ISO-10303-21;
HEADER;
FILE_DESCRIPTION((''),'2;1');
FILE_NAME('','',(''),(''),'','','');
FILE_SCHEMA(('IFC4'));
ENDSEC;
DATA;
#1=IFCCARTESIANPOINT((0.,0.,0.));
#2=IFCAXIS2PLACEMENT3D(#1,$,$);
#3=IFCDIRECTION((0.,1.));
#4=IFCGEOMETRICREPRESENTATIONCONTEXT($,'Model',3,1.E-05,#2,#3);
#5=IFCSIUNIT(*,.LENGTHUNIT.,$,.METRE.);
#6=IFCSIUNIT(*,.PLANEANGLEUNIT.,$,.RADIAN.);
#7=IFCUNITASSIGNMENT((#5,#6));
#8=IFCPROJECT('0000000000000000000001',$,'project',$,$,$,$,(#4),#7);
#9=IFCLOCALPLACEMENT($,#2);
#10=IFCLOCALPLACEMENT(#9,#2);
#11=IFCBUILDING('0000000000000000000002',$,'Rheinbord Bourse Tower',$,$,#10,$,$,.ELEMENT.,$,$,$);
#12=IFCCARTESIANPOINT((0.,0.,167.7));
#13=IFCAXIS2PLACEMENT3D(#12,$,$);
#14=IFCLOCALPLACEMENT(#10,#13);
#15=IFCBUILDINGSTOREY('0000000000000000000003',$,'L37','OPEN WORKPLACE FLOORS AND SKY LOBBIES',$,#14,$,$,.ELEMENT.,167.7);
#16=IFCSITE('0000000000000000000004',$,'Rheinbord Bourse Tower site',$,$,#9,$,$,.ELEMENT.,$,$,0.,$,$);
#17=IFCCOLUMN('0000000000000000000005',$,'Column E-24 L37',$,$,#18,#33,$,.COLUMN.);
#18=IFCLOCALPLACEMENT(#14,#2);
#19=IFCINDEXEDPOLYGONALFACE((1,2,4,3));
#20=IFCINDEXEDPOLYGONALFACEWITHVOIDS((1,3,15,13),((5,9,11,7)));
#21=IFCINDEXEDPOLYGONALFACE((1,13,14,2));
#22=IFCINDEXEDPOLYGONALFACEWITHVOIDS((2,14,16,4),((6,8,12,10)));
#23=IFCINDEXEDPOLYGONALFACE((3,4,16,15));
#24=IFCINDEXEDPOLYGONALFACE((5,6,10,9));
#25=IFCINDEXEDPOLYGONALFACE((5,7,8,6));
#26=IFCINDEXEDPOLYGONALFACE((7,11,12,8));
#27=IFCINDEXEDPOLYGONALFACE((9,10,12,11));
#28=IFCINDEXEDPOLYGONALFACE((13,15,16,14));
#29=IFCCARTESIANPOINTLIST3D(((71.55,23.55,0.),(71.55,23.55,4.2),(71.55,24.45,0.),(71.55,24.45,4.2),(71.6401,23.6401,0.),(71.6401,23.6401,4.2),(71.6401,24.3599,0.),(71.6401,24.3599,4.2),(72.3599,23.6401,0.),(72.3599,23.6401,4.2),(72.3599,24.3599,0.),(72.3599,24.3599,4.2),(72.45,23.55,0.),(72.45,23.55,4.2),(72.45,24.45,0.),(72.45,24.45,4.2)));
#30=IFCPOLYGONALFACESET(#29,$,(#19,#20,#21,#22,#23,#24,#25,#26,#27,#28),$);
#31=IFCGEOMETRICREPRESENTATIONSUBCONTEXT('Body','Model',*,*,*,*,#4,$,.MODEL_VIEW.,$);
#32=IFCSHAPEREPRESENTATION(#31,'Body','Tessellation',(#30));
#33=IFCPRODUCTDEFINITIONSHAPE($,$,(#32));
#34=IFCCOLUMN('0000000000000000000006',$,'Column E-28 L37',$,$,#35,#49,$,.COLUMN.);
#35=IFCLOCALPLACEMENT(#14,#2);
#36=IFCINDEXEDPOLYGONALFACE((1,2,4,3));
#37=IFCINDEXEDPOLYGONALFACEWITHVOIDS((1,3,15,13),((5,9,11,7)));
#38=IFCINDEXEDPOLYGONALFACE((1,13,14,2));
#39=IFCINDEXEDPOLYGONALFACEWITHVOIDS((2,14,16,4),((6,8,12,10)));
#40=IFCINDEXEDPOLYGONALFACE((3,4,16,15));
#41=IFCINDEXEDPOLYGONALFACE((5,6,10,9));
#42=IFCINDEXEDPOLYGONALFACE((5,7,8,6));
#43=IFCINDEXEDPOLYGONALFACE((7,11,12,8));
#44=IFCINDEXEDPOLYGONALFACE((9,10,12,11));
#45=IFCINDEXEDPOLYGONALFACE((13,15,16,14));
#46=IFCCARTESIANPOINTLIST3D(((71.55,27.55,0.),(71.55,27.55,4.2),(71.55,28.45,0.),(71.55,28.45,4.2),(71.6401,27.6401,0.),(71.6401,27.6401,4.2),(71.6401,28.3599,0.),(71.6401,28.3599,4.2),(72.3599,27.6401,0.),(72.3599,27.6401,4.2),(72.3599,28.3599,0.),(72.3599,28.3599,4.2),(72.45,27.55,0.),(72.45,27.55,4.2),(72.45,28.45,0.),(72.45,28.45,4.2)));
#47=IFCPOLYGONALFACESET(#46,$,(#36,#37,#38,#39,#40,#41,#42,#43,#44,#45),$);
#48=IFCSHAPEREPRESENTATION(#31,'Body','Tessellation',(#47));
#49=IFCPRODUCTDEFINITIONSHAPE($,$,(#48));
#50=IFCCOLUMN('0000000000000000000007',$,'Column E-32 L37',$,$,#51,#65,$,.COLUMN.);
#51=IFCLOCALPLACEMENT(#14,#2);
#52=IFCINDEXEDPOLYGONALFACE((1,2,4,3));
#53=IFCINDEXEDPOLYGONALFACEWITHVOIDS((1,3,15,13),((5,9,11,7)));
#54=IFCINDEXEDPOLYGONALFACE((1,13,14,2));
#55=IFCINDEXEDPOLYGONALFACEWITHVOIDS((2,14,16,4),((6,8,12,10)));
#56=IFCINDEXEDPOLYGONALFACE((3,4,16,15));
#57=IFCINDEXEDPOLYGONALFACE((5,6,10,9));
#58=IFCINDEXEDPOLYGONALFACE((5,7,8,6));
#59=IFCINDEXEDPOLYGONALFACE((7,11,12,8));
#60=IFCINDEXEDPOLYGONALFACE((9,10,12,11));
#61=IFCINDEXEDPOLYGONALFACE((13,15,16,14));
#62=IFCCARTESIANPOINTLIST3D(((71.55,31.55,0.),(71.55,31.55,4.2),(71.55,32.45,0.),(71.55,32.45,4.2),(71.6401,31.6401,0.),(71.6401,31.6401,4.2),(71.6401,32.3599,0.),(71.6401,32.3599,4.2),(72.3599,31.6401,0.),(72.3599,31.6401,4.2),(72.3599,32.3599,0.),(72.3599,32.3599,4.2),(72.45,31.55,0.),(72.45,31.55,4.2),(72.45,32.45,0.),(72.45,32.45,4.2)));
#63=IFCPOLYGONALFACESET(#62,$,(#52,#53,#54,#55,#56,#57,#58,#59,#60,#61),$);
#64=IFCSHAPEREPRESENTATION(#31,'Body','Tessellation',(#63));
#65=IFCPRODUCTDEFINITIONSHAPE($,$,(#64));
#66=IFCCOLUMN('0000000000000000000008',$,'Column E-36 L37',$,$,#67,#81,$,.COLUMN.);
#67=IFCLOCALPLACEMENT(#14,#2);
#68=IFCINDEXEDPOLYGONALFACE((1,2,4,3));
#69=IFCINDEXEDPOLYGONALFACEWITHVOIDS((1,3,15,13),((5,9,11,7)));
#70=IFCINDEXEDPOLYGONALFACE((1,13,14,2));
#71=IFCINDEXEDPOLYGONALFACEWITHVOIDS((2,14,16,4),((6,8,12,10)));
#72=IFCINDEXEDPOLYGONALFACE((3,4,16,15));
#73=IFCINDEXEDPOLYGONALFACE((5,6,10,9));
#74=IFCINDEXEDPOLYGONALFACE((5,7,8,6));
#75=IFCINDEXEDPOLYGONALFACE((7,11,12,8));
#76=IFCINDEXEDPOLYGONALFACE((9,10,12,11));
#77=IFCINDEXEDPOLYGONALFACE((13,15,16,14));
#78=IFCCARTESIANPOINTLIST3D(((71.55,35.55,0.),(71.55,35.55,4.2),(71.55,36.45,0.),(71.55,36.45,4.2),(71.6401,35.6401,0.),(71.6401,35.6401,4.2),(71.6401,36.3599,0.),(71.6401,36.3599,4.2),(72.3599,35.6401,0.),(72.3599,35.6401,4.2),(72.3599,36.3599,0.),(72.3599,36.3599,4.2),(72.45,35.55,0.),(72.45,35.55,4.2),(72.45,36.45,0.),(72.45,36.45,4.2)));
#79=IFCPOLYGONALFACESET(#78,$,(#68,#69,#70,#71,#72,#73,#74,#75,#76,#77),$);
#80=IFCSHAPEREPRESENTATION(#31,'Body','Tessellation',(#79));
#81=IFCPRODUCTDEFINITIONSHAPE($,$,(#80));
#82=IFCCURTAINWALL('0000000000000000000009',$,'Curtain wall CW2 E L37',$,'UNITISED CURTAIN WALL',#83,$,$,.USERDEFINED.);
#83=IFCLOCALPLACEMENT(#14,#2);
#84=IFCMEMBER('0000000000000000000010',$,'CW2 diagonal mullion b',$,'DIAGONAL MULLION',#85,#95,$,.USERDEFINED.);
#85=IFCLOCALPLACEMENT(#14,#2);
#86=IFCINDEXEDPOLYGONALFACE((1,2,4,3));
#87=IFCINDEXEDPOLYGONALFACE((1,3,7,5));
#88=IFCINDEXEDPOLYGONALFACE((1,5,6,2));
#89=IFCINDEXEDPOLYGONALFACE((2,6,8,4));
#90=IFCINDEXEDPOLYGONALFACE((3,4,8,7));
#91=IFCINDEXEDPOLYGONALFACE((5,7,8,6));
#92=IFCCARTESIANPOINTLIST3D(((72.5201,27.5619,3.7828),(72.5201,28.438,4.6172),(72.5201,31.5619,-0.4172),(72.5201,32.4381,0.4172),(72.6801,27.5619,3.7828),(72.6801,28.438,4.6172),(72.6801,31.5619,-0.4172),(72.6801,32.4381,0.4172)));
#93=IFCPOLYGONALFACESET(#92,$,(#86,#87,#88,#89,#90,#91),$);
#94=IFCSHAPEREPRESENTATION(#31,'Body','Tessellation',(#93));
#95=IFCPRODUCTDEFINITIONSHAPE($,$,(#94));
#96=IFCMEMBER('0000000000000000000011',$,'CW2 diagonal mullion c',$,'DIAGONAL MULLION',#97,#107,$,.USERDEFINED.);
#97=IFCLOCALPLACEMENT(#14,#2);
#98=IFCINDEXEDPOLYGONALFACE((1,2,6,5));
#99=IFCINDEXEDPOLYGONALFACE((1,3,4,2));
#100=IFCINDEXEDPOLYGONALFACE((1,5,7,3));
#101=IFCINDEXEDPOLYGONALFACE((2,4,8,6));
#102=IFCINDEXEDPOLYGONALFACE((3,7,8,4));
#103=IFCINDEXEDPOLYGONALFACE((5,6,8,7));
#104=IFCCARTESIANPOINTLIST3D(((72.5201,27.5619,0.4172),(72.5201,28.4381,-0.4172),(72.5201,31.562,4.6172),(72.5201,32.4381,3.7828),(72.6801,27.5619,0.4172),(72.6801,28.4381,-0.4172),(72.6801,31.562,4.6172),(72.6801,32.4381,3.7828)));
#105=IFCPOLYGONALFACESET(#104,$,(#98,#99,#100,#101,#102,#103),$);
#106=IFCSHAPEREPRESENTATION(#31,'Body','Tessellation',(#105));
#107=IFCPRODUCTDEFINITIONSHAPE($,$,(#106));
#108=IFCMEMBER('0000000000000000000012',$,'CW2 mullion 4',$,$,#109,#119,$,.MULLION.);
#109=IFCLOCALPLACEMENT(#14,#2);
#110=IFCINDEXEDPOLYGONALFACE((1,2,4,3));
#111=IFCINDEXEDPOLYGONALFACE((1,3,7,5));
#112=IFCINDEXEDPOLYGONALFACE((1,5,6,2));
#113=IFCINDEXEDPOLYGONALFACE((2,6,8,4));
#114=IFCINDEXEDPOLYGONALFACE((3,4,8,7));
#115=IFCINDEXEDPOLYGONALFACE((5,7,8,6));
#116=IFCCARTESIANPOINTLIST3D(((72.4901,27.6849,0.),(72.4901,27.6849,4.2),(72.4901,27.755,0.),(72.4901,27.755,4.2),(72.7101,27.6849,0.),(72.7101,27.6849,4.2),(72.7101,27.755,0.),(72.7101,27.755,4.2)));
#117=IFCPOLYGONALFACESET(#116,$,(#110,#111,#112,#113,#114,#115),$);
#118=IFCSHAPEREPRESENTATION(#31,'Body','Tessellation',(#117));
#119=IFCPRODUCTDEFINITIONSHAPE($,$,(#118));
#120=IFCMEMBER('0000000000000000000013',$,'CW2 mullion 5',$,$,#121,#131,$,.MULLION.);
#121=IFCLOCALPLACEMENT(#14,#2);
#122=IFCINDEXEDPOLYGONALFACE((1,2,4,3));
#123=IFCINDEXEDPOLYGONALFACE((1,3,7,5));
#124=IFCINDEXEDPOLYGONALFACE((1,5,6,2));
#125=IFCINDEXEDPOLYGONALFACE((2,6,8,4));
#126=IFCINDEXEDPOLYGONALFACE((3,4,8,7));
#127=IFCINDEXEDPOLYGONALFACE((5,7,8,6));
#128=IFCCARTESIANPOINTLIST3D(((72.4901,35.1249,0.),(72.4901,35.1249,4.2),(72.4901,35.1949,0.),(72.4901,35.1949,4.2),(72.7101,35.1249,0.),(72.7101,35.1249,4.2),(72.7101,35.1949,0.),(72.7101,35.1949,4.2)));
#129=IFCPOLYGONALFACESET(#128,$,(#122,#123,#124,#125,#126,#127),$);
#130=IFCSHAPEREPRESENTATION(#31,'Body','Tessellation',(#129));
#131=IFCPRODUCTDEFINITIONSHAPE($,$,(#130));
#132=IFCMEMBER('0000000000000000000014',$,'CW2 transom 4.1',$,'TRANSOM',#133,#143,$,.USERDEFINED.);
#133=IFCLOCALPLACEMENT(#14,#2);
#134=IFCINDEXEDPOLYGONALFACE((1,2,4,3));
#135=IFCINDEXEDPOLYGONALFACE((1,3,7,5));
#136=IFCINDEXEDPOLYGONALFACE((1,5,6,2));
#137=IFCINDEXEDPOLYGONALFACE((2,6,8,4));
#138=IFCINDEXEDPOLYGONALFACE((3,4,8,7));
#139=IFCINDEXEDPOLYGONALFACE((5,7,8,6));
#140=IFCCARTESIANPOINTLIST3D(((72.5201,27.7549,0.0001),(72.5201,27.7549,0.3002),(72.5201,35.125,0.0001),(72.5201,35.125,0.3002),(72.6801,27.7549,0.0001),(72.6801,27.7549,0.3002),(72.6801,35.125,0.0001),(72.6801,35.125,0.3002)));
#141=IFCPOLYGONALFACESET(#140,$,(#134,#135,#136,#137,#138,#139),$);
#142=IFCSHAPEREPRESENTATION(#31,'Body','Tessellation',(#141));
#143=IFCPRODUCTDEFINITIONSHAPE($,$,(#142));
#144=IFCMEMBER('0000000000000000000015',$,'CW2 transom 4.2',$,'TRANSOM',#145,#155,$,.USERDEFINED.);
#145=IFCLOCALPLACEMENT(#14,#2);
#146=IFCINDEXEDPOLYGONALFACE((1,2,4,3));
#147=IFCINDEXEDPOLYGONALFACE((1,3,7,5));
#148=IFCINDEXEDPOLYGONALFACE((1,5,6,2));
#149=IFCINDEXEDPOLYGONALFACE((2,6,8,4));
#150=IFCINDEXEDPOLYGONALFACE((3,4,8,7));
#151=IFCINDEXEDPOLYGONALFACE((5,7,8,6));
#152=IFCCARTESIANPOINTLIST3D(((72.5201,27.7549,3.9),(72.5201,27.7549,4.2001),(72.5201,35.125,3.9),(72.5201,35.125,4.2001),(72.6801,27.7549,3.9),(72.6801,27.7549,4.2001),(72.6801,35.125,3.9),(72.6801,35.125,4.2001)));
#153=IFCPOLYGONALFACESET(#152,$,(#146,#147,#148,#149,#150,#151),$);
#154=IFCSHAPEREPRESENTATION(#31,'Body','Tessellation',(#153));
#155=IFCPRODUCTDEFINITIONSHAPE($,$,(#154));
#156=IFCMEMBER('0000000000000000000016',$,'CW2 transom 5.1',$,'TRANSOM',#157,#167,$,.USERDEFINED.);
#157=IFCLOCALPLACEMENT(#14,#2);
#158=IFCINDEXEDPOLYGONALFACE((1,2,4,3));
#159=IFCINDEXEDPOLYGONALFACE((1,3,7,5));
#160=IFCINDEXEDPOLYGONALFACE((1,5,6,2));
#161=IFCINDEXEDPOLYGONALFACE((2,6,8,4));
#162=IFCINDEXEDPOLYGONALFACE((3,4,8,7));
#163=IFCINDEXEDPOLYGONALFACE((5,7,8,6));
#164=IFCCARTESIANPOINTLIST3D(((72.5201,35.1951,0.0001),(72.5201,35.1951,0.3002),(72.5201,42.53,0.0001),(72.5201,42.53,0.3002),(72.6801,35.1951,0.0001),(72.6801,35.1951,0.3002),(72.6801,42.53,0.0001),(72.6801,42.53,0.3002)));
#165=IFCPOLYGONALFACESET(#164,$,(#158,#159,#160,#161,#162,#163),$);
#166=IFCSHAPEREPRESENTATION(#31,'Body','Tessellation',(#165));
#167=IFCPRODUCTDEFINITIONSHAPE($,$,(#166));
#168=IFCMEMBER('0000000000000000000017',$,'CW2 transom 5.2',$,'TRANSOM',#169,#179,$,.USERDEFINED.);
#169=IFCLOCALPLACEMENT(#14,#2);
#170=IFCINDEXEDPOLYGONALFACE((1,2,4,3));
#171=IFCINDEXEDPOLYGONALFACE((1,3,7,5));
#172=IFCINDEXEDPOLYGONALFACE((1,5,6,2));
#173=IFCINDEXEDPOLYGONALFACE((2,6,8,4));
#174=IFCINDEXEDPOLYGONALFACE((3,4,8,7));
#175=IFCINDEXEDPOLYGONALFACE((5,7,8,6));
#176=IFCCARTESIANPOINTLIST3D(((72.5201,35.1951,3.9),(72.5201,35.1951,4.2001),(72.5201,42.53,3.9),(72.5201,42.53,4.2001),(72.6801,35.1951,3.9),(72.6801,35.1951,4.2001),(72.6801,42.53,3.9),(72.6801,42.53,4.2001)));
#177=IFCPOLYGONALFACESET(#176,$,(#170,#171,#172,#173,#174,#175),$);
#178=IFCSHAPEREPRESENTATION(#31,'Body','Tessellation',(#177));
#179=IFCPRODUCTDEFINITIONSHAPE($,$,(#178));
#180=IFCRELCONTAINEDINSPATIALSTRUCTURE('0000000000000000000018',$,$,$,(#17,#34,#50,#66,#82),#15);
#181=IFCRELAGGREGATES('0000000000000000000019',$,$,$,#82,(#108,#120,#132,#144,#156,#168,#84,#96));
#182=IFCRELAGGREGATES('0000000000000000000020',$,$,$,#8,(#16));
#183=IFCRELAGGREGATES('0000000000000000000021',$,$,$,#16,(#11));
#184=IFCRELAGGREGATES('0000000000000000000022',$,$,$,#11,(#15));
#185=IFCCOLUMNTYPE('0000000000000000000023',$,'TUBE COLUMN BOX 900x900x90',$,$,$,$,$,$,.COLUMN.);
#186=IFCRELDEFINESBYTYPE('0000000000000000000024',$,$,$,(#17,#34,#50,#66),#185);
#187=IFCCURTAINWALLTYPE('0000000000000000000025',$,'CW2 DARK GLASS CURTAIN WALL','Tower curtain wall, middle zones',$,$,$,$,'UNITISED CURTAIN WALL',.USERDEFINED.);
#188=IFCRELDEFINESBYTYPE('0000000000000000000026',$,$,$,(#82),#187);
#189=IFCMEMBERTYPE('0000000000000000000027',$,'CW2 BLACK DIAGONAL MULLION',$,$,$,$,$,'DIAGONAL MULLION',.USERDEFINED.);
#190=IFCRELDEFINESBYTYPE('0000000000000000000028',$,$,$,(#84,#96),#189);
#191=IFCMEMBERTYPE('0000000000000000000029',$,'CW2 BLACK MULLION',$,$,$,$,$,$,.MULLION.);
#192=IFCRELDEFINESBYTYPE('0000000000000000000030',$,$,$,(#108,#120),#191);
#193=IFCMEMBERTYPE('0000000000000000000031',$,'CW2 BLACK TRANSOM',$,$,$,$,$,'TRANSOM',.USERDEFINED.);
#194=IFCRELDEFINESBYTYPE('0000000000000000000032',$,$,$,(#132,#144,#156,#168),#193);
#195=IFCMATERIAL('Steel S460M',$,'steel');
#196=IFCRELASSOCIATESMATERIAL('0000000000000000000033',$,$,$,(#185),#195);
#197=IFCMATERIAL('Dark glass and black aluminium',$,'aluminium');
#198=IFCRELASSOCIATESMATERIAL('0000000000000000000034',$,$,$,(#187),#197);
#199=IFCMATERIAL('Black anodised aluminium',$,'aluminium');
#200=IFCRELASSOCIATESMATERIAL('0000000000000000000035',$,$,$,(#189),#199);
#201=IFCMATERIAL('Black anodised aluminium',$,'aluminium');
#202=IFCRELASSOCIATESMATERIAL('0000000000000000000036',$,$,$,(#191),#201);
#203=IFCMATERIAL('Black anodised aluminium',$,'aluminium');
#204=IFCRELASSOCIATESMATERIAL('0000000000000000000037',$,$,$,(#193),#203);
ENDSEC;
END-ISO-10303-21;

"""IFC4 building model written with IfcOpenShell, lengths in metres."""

from ifc_helpers import new_model, si_unit, direction, frame, origin, origin_2d, place, context, subcontext, project, spatial, rectangle, hollow_rectangle, extrude, material, material_profile, profile_set, type_object, element, aggregate, save


model = new_model("IFC4")

# Units and contexts
model_context = context("Model", 3, precision=1e-05, world=origin(), true_north=direction((0.0, 1.0)))
body_context = subcontext(model_context, "Body", "Model", "MODEL_VIEW")
ifc_project = project(units=[si_unit("LENGTHUNIT", "METRE"), si_unit("PLANEANGLEUNIT", "RADIAN")], contexts=[model_context])

# Site, building, storey
site_placement = place(None, origin())
site = spatial("IfcSite", under=ifc_project, at=site_placement, Name="Rheinbord Bourse Tower site", CompositionType="ELEMENT", RefElevation=0.0)
building_placement = place(site_placement, origin())
building = spatial("IfcBuilding", under=site, at=building_placement, Name="Rheinbord Bourse Tower", CompositionType="ELEMENT")
storey_placement = place(building_placement, frame((0.0, 0.0, 167.7)))
storey = spatial("IfcBuildingStorey", under=building, at=storey_placement, Name="L37", Description="OPEN WORKPLACE FLOORS AND SKY LOBBIES", CompositionType="ELEMENT", Elevation=167.7)

# Columns
ifc_material_1 = material(Name="Steel S460M", Category="steel")
ifc_material_profile_1 = material_profile(ifc_material_1, hollow_rectangle(XDim=0.8999, YDim=0.8999, WallThickness=0.0901, at=origin_2d()), Name="BOX 900x900x90")
ifc_profile_set_1 = profile_set([ifc_material_profile_1], Name="Steel S460M")
column_type = type_object("IfcColumnType", Name="TUBE COLUMN BOX 900x900x90", PredefinedType="COLUMN", material=ifc_profile_set_1)
for number, where, z_axis, x_axis, name in (
    (1, (72.0, 24.0, 0.0), (0.0, 0.0, 1.0), (1.0, 0.0, 0.0), "Column E-24 L37"),
    (2, (72.0, 28.0, 0.0), (0.0, 0.0, 1.0), (1.0, 0.0, 0.0), "Column E-28 L37"),
    (3, (72.0, 32.0, 0.0), (0.0, 0.0, 1.0), (1.0, 0.0, 0.0), "Column E-32 L37"),
    (4, (72.0, 36.0, 0.0), (0.0, 0.0, 1.0), (1.0, 0.0, 0.0), "Column E-36 L37"),
):
    element("IfcColumn", number, at=place(storey_placement, frame(where, z_axis=z_axis, x_axis=x_axis)), inside=storey, type_object=column_type, Name=name, PredefinedType="COLUMN", context=body_context, shape_type="SweptSolid", body=[
        extrude(hollow_rectangle(XDim=0.8999, YDim=0.8999, WallThickness=0.0901, at=origin_2d()), origin(), (0.0, 0.0, 1.0), 4.2),
    ])

# Curtain wall, members
ifc_material_2 = material(Name="Dark glass and black aluminium", Category="aluminium")
curtain_wall_type = type_object("IfcCurtainWallType", Name="CW2 DARK GLASS CURTAIN WALL", Description="Tower curtain wall, middle zones", ElementType="UNITISED CURTAIN WALL", PredefinedType="USERDEFINED", material=ifc_material_2)
curtain_wall_placement = place(storey_placement, origin())
curtain_wall = element("IfcCurtainWall", 5, at=curtain_wall_placement, inside=storey, type_object=curtain_wall_type, Name="Curtain wall CW2 E L37", ObjectType="UNITISED CURTAIN WALL", PredefinedType="USERDEFINED")
ifc_material_3 = material(Name="Black anodised aluminium", Category="aluminium")
ifc_material_profile_2 = material_profile(ifc_material_3, rectangle(XDim=0.1599, YDim=1.21, at=origin_2d()), Name="CW2 DIAGONAL MULLION 1210x160")
ifc_profile_set_2 = profile_set([ifc_material_profile_2], Name="Black anodised aluminium")
member_type_1 = type_object("IfcMemberType", Name="CW2 BLACK DIAGONAL MULLION", ElementType="DIAGONAL MULLION", PredefinedType="USERDEFINED", material=ifc_profile_set_2)
member_1_placement = place(storey_placement, frame((72.6001, 32.0, 0.0), z_axis=(0.0, -0.689659, 0.724134), x_axis=(1.0, 0.0, 0.0)))
member_1 = element("IfcMember", 6, at=member_1_placement, type_object=member_type_1, Name="CW2 diagonal mullion b", ObjectType="DIAGONAL MULLION", PredefinedType="USERDEFINED", context=body_context, shape_type="SweptSolid", body=[
    extrude(rectangle(XDim=0.1599, YDim=1.21, at=origin_2d()), origin(), (0.0, 0.0, 1.0), 5.8),
])
member_2_placement = place(storey_placement, frame((72.6001, 28.0, 0.0), z_axis=(0.0, 0.689659, 0.724134), x_axis=(-1.0, 0.0, 0.0)))
member_2 = element("IfcMember", 7, at=member_2_placement, type_object=member_type_1, Name="CW2 diagonal mullion c", ObjectType="DIAGONAL MULLION", PredefinedType="USERDEFINED", context=body_context, shape_type="SweptSolid", body=[
    extrude(rectangle(XDim=0.1599, YDim=1.21, at=origin_2d()), origin(), (0.0, 0.0, 1.0), 5.8),
])
ifc_material_4 = material(Name="Black anodised aluminium", Category="aluminium")
ifc_material_profile_3 = material_profile(ifc_material_4, rectangle(XDim=0.22, YDim=0.0701, at=origin_2d()), Name="CW2 MULLION 70x220")
ifc_profile_set_3 = profile_set([ifc_material_profile_3], Name="Black anodised aluminium")
member_type_2 = type_object("IfcMemberType", Name="CW2 BLACK MULLION", PredefinedType="MULLION", material=ifc_profile_set_3)
member_3_placement = place(storey_placement, frame((72.6001, 27.72, 0.0), z_axis=(0.0, 0.0, 1.0), x_axis=(-1.0, 0.0, 0.0)))
member_3 = element("IfcMember", 8, at=member_3_placement, type_object=member_type_2, Name="CW2 mullion 4", PredefinedType="MULLION", context=body_context, shape_type="SweptSolid", body=[
    extrude(rectangle(XDim=0.22, YDim=0.0701, at=origin_2d()), origin(), (0.0, 0.0, 1.0), 4.2),
])
member_4_placement = place(storey_placement, frame((72.6001, 35.1599, 0.0), z_axis=(0.0, 0.0, 1.0), x_axis=(-1.0, 0.0, 0.0)))
member_4 = element("IfcMember", 9, at=member_4_placement, type_object=member_type_2, Name="CW2 mullion 5", PredefinedType="MULLION", context=body_context, shape_type="SweptSolid", body=[
    extrude(rectangle(XDim=0.22, YDim=0.0701, at=origin_2d()), origin(), (0.0, 0.0, 1.0), 4.2),
])
ifc_material_5 = material(Name="Black anodised aluminium", Category="aluminium")
ifc_material_profile_4 = material_profile(ifc_material_5, rectangle(XDim=0.1599, YDim=0.3, at=origin_2d()), Name="CW2 TRANSOM 300x160")
ifc_profile_set_4 = profile_set([ifc_material_profile_4], Name="Black anodised aluminium")
member_type_3 = type_object("IfcMemberType", Name="CW2 BLACK TRANSOM", ElementType="TRANSOM", PredefinedType="USERDEFINED", material=ifc_profile_set_4)
member_5_placement = place(storey_placement, frame((72.6001, 27.7549, 0.1501), z_axis=(0.0, 1.0, 0.0), x_axis=(-1.0, 0.0, 0.0)))
member_5 = element("IfcMember", 10, at=member_5_placement, type_object=member_type_3, Name="CW2 transom 4.1", ObjectType="TRANSOM", PredefinedType="USERDEFINED", context=body_context, shape_type="SweptSolid", body=[
    extrude(rectangle(XDim=0.1599, YDim=0.3, at=origin_2d()), origin(), (0.0, 0.0, 1.0), 7.3701),
])
member_6_placement = place(storey_placement, frame((72.6001, 27.7549, 4.05), z_axis=(0.0, 1.0, 0.0), x_axis=(-1.0, 0.0, 0.0)))
member_6 = element("IfcMember", 11, at=member_6_placement, type_object=member_type_3, Name="CW2 transom 4.2", ObjectType="TRANSOM", PredefinedType="USERDEFINED", context=body_context, shape_type="SweptSolid", body=[
    extrude(rectangle(XDim=0.1599, YDim=0.3, at=origin_2d()), origin(), (0.0, 0.0, 1.0), 7.3701),
])
member_7_placement = place(storey_placement, frame((72.6001, 35.1951, 0.1501), z_axis=(0.0, 1.0, 0.0), x_axis=(-1.0, 0.0, 0.0)))
member_7 = element("IfcMember", 12, at=member_7_placement, type_object=member_type_3, Name="CW2 transom 5.1", ObjectType="TRANSOM", PredefinedType="USERDEFINED", context=body_context, shape_type="SweptSolid", body=[
    extrude(rectangle(XDim=0.1599, YDim=0.3, at=origin_2d()), origin(), (0.0, 0.0, 1.0), 7.335),
])
member_8_placement = place(storey_placement, frame((72.6001, 35.1951, 4.05), z_axis=(0.0, 1.0, 0.0), x_axis=(-1.0, 0.0, 0.0)))
member_8 = element("IfcMember", 13, at=member_8_placement, type_object=member_type_3, Name="CW2 transom 5.2", ObjectType="TRANSOM", PredefinedType="USERDEFINED", context=body_context, shape_type="SweptSolid", body=[
    extrude(rectangle(XDim=0.1599, YDim=0.3, at=origin_2d()), origin(), (0.0, 0.0, 1.0), 7.335),
])

aggregate(curtain_wall, [member_3, member_4, member_5, member_6, member_7, member_8, member_1, member_2])

save(model, "model.ifc")
